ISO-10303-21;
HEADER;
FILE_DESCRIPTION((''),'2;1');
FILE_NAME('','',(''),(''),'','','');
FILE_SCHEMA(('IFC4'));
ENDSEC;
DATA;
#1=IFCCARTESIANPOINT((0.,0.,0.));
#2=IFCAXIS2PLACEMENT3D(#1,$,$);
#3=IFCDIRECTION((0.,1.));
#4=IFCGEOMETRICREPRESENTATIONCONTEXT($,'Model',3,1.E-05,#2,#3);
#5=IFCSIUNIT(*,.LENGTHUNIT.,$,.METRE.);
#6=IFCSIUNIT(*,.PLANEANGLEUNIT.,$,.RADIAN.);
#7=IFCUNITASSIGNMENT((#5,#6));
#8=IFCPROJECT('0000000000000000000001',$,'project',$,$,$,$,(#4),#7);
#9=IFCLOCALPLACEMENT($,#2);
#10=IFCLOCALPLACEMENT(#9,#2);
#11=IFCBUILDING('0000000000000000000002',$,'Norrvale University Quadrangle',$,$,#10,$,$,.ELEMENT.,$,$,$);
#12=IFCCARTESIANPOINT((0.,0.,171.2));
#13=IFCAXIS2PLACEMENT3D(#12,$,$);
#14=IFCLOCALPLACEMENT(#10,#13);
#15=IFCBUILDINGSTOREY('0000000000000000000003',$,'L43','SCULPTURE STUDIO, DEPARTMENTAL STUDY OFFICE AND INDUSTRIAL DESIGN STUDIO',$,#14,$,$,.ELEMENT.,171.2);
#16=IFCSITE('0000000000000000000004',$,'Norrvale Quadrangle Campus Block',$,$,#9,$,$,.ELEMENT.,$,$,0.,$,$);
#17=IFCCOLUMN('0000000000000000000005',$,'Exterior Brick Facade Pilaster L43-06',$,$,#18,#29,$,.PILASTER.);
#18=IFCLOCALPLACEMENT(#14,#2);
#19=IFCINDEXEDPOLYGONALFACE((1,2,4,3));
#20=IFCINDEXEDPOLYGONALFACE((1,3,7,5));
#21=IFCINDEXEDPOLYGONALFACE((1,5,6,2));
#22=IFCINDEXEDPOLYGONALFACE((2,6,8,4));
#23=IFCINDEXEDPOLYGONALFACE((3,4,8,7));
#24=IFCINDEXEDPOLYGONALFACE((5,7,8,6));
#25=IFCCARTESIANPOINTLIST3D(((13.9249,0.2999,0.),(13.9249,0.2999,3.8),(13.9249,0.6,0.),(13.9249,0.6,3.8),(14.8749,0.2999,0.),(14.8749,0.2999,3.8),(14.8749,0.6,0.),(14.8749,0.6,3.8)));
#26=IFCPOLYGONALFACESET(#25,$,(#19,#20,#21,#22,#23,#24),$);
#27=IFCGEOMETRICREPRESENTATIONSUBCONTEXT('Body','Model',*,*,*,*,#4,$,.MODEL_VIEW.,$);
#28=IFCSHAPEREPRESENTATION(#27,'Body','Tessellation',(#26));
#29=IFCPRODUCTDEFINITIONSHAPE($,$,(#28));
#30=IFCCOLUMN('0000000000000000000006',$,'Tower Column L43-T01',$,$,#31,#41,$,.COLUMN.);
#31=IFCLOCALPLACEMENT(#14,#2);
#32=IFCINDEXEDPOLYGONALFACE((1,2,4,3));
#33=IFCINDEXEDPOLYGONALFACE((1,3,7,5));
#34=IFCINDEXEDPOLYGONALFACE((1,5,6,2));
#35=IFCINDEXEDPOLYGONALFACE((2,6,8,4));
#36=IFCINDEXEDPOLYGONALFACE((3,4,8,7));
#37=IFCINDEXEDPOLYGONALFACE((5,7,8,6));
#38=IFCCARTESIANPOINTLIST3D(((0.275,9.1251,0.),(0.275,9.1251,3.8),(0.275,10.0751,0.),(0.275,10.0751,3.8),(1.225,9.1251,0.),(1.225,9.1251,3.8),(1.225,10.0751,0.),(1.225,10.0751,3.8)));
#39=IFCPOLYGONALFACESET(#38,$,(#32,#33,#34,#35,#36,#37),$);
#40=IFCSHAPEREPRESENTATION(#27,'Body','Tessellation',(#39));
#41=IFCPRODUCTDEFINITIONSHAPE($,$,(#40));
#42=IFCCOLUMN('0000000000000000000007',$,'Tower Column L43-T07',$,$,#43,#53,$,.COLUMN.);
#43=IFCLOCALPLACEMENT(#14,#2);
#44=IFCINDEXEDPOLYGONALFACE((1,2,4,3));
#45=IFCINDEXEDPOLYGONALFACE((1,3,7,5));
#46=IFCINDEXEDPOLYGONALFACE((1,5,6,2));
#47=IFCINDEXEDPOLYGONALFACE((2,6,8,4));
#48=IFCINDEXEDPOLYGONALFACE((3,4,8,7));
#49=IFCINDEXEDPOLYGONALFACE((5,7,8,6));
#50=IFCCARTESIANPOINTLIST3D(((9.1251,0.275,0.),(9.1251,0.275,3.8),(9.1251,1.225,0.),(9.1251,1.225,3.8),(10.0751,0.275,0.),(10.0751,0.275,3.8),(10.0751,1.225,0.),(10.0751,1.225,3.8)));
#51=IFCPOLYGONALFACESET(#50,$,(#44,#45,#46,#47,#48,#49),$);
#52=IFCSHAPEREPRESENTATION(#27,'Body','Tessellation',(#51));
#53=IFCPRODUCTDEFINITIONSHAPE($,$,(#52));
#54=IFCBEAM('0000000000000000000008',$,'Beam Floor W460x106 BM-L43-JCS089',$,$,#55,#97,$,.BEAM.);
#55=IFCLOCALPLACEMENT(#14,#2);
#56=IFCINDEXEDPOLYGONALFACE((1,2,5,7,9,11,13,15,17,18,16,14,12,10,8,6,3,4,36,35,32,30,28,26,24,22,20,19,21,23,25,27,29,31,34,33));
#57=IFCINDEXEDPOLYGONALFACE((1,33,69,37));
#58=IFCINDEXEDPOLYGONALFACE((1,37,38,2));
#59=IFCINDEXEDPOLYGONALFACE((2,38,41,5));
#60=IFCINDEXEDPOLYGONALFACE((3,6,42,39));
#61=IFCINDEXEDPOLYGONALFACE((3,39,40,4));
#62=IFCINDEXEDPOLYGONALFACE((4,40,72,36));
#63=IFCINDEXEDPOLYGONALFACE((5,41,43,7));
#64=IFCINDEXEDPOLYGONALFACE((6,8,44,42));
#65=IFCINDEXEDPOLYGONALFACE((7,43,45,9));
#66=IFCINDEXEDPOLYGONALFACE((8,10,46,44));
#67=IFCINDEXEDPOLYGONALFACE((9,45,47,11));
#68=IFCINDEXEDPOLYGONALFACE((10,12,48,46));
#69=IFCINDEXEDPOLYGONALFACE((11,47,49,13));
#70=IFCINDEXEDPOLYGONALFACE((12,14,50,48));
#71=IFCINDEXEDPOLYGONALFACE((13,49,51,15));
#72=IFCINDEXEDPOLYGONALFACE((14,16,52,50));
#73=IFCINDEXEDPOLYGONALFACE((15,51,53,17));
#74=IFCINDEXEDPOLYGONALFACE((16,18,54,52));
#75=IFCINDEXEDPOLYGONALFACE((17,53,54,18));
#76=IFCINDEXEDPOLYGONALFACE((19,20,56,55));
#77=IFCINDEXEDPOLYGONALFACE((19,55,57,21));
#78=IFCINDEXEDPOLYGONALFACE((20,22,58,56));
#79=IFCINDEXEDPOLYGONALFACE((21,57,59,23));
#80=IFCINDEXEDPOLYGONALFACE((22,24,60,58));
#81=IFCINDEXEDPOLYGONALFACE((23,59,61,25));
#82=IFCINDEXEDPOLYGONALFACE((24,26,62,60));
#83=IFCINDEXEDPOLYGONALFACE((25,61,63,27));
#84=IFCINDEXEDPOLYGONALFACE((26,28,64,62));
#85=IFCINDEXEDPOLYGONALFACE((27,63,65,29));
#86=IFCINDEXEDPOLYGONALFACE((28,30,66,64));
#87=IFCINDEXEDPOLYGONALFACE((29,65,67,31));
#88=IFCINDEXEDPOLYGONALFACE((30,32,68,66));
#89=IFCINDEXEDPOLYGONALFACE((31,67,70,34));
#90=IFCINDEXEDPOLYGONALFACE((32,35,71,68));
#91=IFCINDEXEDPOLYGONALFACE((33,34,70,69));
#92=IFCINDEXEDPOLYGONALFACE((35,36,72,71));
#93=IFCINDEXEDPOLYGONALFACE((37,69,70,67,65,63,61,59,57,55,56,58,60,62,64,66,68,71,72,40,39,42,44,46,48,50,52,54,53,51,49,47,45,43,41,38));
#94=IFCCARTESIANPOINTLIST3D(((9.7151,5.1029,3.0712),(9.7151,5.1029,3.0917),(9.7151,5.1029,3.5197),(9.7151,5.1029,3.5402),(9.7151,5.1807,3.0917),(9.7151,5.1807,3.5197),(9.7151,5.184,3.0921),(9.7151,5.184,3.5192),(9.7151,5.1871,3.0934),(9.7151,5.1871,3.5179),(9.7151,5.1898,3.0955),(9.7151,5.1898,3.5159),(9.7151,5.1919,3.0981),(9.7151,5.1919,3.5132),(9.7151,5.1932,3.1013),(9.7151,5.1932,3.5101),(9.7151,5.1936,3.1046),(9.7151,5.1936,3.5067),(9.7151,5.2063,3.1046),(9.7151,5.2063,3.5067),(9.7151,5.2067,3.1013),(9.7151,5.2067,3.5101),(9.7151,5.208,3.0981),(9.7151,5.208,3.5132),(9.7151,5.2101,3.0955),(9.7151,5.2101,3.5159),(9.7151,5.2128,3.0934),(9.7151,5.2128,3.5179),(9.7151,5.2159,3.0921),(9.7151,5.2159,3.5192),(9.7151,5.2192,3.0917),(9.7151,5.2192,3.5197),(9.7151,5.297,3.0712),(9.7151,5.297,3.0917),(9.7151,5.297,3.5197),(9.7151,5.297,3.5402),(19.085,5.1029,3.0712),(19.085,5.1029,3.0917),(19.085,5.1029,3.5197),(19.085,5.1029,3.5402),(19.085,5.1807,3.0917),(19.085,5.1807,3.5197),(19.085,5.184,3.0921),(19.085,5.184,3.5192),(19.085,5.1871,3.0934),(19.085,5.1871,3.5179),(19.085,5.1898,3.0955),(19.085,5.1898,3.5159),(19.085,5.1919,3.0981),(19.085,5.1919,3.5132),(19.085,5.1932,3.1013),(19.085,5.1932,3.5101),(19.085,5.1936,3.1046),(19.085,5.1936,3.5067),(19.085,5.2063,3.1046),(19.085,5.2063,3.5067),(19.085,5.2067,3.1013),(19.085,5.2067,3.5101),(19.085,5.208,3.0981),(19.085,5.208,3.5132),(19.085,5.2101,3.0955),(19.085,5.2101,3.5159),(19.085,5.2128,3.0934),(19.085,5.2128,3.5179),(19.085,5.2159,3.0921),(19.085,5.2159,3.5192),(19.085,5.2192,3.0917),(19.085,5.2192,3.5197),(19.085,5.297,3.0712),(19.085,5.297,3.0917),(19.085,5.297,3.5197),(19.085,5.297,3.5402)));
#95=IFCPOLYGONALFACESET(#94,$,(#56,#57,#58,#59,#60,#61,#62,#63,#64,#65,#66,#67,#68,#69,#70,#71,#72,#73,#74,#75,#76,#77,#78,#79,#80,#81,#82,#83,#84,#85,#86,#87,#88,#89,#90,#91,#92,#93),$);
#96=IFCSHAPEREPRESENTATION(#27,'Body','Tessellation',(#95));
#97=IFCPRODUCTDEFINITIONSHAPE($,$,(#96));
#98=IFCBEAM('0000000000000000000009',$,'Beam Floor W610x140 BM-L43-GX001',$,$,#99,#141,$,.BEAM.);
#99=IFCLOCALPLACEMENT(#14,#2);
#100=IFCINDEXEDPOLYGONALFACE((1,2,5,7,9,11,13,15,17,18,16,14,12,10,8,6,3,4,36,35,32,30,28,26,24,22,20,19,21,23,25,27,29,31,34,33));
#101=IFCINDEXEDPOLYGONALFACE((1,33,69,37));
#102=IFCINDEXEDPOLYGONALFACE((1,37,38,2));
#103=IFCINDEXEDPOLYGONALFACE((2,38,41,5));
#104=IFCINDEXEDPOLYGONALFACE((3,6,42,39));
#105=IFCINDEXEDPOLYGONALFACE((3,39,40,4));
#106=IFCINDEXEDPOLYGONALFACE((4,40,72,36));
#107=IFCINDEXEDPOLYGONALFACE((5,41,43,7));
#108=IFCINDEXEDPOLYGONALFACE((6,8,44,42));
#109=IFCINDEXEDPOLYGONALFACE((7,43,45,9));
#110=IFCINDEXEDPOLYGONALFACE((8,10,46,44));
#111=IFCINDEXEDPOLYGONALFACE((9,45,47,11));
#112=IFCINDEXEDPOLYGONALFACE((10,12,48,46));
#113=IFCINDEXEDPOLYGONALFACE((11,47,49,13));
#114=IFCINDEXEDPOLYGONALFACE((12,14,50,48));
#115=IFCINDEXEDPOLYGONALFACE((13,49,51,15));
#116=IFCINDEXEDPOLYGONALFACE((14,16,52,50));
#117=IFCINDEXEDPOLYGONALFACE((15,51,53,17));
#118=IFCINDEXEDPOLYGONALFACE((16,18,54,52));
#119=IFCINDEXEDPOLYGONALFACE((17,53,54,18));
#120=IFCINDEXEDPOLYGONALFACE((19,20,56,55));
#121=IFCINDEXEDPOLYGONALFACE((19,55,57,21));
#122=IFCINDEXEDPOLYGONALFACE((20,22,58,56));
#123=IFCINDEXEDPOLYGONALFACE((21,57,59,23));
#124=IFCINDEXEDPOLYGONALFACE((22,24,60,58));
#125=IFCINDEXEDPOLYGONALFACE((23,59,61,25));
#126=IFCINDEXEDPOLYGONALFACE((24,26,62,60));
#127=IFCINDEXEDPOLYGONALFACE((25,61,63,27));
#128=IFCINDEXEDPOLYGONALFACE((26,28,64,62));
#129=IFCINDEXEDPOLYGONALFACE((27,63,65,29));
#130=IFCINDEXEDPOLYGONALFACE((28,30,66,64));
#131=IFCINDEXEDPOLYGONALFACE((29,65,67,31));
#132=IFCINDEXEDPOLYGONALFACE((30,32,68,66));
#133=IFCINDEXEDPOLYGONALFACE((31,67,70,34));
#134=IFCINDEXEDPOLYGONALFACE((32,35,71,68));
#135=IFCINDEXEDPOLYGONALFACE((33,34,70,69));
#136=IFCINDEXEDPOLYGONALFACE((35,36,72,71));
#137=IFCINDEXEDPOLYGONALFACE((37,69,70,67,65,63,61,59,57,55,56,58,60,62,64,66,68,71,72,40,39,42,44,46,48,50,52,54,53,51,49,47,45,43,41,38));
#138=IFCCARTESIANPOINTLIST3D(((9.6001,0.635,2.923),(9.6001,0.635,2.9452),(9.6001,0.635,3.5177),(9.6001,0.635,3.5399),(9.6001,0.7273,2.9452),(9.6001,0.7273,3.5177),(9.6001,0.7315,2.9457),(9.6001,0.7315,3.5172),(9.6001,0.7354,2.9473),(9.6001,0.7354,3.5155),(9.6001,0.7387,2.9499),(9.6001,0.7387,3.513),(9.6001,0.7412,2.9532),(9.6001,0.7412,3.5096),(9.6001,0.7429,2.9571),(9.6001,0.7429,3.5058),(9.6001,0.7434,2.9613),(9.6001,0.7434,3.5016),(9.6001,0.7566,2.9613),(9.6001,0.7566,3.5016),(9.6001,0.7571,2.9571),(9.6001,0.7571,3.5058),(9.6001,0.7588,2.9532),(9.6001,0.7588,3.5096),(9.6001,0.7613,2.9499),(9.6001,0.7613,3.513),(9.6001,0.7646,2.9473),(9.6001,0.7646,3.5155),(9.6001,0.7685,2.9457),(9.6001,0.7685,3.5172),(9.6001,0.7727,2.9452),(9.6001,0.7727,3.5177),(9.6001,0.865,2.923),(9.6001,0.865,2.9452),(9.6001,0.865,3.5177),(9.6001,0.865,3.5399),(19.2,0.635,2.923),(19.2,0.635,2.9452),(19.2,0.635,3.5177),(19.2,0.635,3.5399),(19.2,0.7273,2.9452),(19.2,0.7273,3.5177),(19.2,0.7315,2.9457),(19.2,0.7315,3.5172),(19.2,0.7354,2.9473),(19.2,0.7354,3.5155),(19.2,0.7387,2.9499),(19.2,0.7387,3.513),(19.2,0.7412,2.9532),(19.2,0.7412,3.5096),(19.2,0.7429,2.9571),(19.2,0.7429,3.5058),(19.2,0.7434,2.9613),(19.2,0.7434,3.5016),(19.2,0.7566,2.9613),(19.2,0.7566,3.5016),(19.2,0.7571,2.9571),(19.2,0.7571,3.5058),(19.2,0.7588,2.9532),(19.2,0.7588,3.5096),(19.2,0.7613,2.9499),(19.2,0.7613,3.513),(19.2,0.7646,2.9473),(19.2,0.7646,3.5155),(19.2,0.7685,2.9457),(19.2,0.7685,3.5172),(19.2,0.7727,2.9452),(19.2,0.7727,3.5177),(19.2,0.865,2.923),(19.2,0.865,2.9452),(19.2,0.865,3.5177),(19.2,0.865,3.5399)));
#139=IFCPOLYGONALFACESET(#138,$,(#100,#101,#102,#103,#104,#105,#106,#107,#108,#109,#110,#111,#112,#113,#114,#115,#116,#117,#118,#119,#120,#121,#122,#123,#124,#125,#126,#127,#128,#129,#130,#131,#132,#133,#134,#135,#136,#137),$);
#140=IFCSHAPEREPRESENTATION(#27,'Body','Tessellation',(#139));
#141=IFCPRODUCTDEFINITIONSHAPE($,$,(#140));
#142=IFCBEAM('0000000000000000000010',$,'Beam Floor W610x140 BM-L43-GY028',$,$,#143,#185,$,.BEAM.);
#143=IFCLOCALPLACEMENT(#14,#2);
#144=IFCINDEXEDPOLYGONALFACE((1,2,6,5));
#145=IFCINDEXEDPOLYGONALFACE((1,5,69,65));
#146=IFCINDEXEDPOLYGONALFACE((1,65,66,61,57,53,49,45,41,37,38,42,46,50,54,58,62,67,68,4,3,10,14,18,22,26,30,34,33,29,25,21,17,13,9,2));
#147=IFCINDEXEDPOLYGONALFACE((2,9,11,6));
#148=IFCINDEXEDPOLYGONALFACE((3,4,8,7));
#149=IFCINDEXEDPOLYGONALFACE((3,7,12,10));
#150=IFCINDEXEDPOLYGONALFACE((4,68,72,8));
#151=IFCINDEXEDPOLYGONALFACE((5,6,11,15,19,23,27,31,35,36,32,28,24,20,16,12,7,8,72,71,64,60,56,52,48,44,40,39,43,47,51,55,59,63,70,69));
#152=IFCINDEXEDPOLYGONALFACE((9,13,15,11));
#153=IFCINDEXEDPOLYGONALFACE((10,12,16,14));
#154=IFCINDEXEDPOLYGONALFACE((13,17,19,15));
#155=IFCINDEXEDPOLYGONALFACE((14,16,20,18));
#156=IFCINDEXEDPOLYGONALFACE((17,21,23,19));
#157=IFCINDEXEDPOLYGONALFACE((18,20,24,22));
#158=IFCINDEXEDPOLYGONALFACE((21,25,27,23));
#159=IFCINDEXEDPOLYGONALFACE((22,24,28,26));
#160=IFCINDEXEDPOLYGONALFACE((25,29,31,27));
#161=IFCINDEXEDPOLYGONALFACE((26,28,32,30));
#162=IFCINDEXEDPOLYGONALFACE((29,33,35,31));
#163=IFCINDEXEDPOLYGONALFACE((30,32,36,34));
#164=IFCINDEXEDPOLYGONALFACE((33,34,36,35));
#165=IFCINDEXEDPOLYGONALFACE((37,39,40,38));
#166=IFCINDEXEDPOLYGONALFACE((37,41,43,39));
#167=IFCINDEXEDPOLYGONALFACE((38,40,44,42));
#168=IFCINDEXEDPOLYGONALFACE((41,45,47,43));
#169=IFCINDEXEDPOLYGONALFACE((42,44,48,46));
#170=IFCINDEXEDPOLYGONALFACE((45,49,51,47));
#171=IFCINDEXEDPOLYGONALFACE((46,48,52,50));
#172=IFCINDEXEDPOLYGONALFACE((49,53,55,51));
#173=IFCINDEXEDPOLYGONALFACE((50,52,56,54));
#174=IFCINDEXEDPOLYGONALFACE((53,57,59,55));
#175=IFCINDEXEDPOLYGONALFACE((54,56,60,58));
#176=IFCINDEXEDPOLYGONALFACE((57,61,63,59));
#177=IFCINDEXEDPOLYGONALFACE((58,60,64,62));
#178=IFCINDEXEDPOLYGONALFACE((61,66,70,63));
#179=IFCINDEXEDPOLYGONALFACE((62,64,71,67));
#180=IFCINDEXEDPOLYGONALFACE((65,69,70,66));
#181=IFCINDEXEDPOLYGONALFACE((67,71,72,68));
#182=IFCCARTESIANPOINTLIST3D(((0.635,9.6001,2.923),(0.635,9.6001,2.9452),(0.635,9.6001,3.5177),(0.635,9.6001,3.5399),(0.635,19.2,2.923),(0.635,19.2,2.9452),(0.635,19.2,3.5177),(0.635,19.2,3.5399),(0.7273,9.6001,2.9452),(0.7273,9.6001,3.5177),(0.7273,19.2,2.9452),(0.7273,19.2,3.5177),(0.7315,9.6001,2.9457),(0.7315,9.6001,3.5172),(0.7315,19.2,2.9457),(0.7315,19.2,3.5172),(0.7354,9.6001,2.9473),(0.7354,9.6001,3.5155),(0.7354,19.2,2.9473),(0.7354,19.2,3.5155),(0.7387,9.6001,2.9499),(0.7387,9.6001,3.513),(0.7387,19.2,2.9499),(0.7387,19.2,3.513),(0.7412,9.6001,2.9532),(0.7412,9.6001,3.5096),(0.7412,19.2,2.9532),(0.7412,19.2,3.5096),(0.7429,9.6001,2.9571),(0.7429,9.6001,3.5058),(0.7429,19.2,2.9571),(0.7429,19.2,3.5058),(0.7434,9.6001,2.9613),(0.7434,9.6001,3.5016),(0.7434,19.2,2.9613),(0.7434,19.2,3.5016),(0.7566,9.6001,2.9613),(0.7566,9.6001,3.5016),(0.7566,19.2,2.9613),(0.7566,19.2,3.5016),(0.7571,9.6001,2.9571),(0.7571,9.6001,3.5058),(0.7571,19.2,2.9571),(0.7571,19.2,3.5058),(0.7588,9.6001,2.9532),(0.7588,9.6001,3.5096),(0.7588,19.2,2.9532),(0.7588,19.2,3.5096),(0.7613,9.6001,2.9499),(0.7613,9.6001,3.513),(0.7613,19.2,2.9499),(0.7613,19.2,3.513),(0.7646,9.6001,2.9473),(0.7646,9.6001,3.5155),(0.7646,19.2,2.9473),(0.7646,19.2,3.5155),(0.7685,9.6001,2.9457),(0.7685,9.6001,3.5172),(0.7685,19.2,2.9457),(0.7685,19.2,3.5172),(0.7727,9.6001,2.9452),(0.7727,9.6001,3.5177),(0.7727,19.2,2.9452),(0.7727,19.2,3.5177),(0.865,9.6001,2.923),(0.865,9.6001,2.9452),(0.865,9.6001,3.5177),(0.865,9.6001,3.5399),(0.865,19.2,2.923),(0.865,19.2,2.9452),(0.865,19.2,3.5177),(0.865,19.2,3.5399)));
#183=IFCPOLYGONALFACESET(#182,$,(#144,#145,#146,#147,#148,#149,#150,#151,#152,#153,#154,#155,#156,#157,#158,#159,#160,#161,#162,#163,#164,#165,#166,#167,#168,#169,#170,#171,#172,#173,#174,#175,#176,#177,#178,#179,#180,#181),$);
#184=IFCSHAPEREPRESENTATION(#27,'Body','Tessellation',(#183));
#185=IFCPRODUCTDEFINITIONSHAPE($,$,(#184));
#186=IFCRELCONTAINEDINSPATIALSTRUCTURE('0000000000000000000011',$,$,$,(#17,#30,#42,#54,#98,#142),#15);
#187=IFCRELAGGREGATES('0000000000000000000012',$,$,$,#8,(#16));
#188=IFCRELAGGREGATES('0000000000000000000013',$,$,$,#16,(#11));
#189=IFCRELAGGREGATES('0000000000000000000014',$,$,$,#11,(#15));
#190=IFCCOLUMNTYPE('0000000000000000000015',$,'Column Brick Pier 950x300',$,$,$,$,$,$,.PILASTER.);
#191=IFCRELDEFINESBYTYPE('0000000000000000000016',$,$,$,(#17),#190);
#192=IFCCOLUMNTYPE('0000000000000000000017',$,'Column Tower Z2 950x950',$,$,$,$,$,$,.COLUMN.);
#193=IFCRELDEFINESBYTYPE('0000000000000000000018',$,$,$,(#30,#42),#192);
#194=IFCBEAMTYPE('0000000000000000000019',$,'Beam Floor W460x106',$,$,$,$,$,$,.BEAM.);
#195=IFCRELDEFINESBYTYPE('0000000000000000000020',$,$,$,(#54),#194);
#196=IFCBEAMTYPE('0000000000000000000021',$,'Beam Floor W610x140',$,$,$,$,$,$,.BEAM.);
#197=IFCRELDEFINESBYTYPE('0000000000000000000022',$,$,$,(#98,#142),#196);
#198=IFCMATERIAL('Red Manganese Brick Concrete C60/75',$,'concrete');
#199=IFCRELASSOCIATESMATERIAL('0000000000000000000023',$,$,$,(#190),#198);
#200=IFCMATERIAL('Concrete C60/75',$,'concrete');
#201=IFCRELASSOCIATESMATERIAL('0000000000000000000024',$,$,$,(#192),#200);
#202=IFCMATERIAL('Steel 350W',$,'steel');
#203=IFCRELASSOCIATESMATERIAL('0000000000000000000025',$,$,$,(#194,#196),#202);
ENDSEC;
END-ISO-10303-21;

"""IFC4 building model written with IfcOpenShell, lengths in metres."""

from ifc_helpers import new_model, si_unit, direction, frame, origin, origin_2d, place, context, subcontext, project, spatial, rectangle, i_section, extrude, material, material_profile, profile_set, type_object, element, save


model = new_model("IFC4")

# Units and contexts
model_context = context("Model", 3, precision=1e-05, world=origin(), true_north=direction((0.0, 1.0)))
body_context = subcontext(model_context, "Body", "Model", "MODEL_VIEW")
ifc_project = project(units=[si_unit("LENGTHUNIT", "METRE"), si_unit("PLANEANGLEUNIT", "RADIAN")], contexts=[model_context])

# Site, building, storey
site_placement = place(None, origin())
site = spatial("IfcSite", under=ifc_project, at=site_placement, Name="Norrvale Quadrangle Campus Block", CompositionType="ELEMENT", RefElevation=0.0)
building_placement = place(site_placement, origin())
building = spatial("IfcBuilding", under=site, at=building_placement, Name="Norrvale University Quadrangle", CompositionType="ELEMENT")
storey_placement = place(building_placement, frame((0.0, 0.0, 171.2)))
storey = spatial("IfcBuildingStorey", under=building, at=storey_placement, Name="L43", Description="SCULPTURE STUDIO, DEPARTMENTAL STUDY OFFICE AND INDUSTRIAL DESIGN STUDIO", CompositionType="ELEMENT", Elevation=171.2)

# Columns
ifc_material_1 = material(Name="Red Manganese Brick Concrete C60/75", Category="concrete")
ifc_material_profile_1 = material_profile(ifc_material_1, rectangle(XDim=0.95, YDim=0.3, at=origin_2d()), Name="Red Manganese Brick Concrete C60/75")
ifc_profile_set_1 = profile_set([ifc_material_profile_1], Name="Red Manganese Brick Concrete C60/75")
column_type_1 = type_object("IfcColumnType", Name="Column Brick Pier 950x300", PredefinedType="PILASTER", material=ifc_profile_set_1)
column_placement = place(storey_placement, frame((14.3999, 0.45, 0.0), z_axis=(0.0, 0.0, 1.0), x_axis=(1.0, 0.0, 0.0)))
element("IfcColumn", 1, at=column_placement, inside=storey, type_object=column_type_1, Name="Exterior Brick Facade Pilaster L43-06", PredefinedType="PILASTER", context=body_context, shape_type="SweptSolid", body=[
    extrude(rectangle(XDim=0.95, YDim=0.3, at=origin_2d()), origin(), (0.0, 0.0, 1.0), 3.8),
])
ifc_material_2 = material(Name="Concrete C60/75", Category="concrete")
ifc_material_profile_2 = material_profile(ifc_material_2, rectangle(XDim=0.95, YDim=0.95, at=origin_2d()), Name="Concrete C60/75")
ifc_profile_set_2 = profile_set([ifc_material_profile_2], Name="Concrete C60/75")
column_type_2 = type_object("IfcColumnType", Name="Column Tower Z2 950x950", PredefinedType="COLUMN", material=ifc_profile_set_2)
for number, where, z_axis, x_axis, name in (
    (2, (0.75, 9.6001, 0.0), (0.0, 0.0, 1.0), (1.0, 0.0, 0.0), "Tower Column L43-T01"),
    (3, (9.6001, 0.75, 0.0), (0.0, 0.0, 1.0), (1.0, 0.0, 0.0), "Tower Column L43-T07"),
):
    element("IfcColumn", number, at=place(storey_placement, frame(where, z_axis=z_axis, x_axis=x_axis)), inside=storey, type_object=column_type_2, Name=name, PredefinedType="COLUMN", context=body_context, shape_type="SweptSolid", body=[
        extrude(rectangle(XDim=0.95, YDim=0.95, at=origin_2d()), origin(), (0.0, 0.0, 1.0), 3.8),
    ])

# Beams
ifc_material_3 = material(Name="Steel 350W", Category="steel")
ifc_material_profile_3 = material_profile(ifc_material_3, i_section(OverallWidth=0.1941, OverallDepth=0.469, WebThickness=0.0127, FlangeThickness=0.0205, FilletRadius=0.0129, at=origin_2d()), Name="Steel 350W")
ifc_profile_set_3 = profile_set([ifc_material_profile_3], Name="Steel 350W")
beam_type_1 = type_object("IfcBeamType", Name="Beam Floor W460x106", PredefinedType="BEAM", material=ifc_profile_set_3)
beam_1_placement = place(storey_placement, frame((9.7151, 5.2, 3.3057), z_axis=(1.0, 0.0, 0.0), x_axis=(0.0, 1.0, 0.0)))
element("IfcBeam", 4, at=beam_1_placement, inside=storey, type_object=beam_type_1, Name="Beam Floor W460x106 BM-L43-JCS089", PredefinedType="BEAM", context=body_context, shape_type="SweptSolid", body=[
    extrude(i_section(OverallWidth=0.1941, OverallDepth=0.469, WebThickness=0.0127, FlangeThickness=0.0205, FilletRadius=0.0129, at=origin_2d()), origin(), (0.0, 0.0, 1.0), 9.3699),
])
ifc_material_profile_4 = material_profile(ifc_material_3, i_section(OverallWidth=0.23, OverallDepth=0.6169, WebThickness=0.0132, FlangeThickness=0.0222, FilletRadius=0.0161, at=origin_2d()), Name="Steel 350W")
ifc_profile_set_4 = profile_set([ifc_material_profile_4], Name="Steel 350W")
beam_type_2 = type_object("IfcBeamType", Name="Beam Floor W610x140", PredefinedType="BEAM", material=ifc_profile_set_4)
for number, where, z_axis, x_axis, name in (
    (5, (9.6001, 0.75, 3.2314), (1.0, 0.0, 0.0), (0.0, 1.0, 0.0), "Beam Floor W610x140 BM-L43-GX001"),
    (6, (0.75, 9.6001, 3.2314), (0.0, 1.0, 0.0), (-1.0, 0.0, 0.0), "Beam Floor W610x140 BM-L43-GY028"),
):
    element("IfcBeam", number, at=place(storey_placement, frame(where, z_axis=z_axis, x_axis=x_axis)), inside=storey, type_object=beam_type_2, Name=name, PredefinedType="BEAM", context=body_context, shape_type="SweptSolid", body=[
        extrude(i_section(OverallWidth=0.23, OverallDepth=0.6169, WebThickness=0.0132, FlangeThickness=0.0222, FilletRadius=0.0161, at=origin_2d()), origin(), (0.0, 0.0, 1.0), 9.5999),
    ])

save(model, "model.ifc")
